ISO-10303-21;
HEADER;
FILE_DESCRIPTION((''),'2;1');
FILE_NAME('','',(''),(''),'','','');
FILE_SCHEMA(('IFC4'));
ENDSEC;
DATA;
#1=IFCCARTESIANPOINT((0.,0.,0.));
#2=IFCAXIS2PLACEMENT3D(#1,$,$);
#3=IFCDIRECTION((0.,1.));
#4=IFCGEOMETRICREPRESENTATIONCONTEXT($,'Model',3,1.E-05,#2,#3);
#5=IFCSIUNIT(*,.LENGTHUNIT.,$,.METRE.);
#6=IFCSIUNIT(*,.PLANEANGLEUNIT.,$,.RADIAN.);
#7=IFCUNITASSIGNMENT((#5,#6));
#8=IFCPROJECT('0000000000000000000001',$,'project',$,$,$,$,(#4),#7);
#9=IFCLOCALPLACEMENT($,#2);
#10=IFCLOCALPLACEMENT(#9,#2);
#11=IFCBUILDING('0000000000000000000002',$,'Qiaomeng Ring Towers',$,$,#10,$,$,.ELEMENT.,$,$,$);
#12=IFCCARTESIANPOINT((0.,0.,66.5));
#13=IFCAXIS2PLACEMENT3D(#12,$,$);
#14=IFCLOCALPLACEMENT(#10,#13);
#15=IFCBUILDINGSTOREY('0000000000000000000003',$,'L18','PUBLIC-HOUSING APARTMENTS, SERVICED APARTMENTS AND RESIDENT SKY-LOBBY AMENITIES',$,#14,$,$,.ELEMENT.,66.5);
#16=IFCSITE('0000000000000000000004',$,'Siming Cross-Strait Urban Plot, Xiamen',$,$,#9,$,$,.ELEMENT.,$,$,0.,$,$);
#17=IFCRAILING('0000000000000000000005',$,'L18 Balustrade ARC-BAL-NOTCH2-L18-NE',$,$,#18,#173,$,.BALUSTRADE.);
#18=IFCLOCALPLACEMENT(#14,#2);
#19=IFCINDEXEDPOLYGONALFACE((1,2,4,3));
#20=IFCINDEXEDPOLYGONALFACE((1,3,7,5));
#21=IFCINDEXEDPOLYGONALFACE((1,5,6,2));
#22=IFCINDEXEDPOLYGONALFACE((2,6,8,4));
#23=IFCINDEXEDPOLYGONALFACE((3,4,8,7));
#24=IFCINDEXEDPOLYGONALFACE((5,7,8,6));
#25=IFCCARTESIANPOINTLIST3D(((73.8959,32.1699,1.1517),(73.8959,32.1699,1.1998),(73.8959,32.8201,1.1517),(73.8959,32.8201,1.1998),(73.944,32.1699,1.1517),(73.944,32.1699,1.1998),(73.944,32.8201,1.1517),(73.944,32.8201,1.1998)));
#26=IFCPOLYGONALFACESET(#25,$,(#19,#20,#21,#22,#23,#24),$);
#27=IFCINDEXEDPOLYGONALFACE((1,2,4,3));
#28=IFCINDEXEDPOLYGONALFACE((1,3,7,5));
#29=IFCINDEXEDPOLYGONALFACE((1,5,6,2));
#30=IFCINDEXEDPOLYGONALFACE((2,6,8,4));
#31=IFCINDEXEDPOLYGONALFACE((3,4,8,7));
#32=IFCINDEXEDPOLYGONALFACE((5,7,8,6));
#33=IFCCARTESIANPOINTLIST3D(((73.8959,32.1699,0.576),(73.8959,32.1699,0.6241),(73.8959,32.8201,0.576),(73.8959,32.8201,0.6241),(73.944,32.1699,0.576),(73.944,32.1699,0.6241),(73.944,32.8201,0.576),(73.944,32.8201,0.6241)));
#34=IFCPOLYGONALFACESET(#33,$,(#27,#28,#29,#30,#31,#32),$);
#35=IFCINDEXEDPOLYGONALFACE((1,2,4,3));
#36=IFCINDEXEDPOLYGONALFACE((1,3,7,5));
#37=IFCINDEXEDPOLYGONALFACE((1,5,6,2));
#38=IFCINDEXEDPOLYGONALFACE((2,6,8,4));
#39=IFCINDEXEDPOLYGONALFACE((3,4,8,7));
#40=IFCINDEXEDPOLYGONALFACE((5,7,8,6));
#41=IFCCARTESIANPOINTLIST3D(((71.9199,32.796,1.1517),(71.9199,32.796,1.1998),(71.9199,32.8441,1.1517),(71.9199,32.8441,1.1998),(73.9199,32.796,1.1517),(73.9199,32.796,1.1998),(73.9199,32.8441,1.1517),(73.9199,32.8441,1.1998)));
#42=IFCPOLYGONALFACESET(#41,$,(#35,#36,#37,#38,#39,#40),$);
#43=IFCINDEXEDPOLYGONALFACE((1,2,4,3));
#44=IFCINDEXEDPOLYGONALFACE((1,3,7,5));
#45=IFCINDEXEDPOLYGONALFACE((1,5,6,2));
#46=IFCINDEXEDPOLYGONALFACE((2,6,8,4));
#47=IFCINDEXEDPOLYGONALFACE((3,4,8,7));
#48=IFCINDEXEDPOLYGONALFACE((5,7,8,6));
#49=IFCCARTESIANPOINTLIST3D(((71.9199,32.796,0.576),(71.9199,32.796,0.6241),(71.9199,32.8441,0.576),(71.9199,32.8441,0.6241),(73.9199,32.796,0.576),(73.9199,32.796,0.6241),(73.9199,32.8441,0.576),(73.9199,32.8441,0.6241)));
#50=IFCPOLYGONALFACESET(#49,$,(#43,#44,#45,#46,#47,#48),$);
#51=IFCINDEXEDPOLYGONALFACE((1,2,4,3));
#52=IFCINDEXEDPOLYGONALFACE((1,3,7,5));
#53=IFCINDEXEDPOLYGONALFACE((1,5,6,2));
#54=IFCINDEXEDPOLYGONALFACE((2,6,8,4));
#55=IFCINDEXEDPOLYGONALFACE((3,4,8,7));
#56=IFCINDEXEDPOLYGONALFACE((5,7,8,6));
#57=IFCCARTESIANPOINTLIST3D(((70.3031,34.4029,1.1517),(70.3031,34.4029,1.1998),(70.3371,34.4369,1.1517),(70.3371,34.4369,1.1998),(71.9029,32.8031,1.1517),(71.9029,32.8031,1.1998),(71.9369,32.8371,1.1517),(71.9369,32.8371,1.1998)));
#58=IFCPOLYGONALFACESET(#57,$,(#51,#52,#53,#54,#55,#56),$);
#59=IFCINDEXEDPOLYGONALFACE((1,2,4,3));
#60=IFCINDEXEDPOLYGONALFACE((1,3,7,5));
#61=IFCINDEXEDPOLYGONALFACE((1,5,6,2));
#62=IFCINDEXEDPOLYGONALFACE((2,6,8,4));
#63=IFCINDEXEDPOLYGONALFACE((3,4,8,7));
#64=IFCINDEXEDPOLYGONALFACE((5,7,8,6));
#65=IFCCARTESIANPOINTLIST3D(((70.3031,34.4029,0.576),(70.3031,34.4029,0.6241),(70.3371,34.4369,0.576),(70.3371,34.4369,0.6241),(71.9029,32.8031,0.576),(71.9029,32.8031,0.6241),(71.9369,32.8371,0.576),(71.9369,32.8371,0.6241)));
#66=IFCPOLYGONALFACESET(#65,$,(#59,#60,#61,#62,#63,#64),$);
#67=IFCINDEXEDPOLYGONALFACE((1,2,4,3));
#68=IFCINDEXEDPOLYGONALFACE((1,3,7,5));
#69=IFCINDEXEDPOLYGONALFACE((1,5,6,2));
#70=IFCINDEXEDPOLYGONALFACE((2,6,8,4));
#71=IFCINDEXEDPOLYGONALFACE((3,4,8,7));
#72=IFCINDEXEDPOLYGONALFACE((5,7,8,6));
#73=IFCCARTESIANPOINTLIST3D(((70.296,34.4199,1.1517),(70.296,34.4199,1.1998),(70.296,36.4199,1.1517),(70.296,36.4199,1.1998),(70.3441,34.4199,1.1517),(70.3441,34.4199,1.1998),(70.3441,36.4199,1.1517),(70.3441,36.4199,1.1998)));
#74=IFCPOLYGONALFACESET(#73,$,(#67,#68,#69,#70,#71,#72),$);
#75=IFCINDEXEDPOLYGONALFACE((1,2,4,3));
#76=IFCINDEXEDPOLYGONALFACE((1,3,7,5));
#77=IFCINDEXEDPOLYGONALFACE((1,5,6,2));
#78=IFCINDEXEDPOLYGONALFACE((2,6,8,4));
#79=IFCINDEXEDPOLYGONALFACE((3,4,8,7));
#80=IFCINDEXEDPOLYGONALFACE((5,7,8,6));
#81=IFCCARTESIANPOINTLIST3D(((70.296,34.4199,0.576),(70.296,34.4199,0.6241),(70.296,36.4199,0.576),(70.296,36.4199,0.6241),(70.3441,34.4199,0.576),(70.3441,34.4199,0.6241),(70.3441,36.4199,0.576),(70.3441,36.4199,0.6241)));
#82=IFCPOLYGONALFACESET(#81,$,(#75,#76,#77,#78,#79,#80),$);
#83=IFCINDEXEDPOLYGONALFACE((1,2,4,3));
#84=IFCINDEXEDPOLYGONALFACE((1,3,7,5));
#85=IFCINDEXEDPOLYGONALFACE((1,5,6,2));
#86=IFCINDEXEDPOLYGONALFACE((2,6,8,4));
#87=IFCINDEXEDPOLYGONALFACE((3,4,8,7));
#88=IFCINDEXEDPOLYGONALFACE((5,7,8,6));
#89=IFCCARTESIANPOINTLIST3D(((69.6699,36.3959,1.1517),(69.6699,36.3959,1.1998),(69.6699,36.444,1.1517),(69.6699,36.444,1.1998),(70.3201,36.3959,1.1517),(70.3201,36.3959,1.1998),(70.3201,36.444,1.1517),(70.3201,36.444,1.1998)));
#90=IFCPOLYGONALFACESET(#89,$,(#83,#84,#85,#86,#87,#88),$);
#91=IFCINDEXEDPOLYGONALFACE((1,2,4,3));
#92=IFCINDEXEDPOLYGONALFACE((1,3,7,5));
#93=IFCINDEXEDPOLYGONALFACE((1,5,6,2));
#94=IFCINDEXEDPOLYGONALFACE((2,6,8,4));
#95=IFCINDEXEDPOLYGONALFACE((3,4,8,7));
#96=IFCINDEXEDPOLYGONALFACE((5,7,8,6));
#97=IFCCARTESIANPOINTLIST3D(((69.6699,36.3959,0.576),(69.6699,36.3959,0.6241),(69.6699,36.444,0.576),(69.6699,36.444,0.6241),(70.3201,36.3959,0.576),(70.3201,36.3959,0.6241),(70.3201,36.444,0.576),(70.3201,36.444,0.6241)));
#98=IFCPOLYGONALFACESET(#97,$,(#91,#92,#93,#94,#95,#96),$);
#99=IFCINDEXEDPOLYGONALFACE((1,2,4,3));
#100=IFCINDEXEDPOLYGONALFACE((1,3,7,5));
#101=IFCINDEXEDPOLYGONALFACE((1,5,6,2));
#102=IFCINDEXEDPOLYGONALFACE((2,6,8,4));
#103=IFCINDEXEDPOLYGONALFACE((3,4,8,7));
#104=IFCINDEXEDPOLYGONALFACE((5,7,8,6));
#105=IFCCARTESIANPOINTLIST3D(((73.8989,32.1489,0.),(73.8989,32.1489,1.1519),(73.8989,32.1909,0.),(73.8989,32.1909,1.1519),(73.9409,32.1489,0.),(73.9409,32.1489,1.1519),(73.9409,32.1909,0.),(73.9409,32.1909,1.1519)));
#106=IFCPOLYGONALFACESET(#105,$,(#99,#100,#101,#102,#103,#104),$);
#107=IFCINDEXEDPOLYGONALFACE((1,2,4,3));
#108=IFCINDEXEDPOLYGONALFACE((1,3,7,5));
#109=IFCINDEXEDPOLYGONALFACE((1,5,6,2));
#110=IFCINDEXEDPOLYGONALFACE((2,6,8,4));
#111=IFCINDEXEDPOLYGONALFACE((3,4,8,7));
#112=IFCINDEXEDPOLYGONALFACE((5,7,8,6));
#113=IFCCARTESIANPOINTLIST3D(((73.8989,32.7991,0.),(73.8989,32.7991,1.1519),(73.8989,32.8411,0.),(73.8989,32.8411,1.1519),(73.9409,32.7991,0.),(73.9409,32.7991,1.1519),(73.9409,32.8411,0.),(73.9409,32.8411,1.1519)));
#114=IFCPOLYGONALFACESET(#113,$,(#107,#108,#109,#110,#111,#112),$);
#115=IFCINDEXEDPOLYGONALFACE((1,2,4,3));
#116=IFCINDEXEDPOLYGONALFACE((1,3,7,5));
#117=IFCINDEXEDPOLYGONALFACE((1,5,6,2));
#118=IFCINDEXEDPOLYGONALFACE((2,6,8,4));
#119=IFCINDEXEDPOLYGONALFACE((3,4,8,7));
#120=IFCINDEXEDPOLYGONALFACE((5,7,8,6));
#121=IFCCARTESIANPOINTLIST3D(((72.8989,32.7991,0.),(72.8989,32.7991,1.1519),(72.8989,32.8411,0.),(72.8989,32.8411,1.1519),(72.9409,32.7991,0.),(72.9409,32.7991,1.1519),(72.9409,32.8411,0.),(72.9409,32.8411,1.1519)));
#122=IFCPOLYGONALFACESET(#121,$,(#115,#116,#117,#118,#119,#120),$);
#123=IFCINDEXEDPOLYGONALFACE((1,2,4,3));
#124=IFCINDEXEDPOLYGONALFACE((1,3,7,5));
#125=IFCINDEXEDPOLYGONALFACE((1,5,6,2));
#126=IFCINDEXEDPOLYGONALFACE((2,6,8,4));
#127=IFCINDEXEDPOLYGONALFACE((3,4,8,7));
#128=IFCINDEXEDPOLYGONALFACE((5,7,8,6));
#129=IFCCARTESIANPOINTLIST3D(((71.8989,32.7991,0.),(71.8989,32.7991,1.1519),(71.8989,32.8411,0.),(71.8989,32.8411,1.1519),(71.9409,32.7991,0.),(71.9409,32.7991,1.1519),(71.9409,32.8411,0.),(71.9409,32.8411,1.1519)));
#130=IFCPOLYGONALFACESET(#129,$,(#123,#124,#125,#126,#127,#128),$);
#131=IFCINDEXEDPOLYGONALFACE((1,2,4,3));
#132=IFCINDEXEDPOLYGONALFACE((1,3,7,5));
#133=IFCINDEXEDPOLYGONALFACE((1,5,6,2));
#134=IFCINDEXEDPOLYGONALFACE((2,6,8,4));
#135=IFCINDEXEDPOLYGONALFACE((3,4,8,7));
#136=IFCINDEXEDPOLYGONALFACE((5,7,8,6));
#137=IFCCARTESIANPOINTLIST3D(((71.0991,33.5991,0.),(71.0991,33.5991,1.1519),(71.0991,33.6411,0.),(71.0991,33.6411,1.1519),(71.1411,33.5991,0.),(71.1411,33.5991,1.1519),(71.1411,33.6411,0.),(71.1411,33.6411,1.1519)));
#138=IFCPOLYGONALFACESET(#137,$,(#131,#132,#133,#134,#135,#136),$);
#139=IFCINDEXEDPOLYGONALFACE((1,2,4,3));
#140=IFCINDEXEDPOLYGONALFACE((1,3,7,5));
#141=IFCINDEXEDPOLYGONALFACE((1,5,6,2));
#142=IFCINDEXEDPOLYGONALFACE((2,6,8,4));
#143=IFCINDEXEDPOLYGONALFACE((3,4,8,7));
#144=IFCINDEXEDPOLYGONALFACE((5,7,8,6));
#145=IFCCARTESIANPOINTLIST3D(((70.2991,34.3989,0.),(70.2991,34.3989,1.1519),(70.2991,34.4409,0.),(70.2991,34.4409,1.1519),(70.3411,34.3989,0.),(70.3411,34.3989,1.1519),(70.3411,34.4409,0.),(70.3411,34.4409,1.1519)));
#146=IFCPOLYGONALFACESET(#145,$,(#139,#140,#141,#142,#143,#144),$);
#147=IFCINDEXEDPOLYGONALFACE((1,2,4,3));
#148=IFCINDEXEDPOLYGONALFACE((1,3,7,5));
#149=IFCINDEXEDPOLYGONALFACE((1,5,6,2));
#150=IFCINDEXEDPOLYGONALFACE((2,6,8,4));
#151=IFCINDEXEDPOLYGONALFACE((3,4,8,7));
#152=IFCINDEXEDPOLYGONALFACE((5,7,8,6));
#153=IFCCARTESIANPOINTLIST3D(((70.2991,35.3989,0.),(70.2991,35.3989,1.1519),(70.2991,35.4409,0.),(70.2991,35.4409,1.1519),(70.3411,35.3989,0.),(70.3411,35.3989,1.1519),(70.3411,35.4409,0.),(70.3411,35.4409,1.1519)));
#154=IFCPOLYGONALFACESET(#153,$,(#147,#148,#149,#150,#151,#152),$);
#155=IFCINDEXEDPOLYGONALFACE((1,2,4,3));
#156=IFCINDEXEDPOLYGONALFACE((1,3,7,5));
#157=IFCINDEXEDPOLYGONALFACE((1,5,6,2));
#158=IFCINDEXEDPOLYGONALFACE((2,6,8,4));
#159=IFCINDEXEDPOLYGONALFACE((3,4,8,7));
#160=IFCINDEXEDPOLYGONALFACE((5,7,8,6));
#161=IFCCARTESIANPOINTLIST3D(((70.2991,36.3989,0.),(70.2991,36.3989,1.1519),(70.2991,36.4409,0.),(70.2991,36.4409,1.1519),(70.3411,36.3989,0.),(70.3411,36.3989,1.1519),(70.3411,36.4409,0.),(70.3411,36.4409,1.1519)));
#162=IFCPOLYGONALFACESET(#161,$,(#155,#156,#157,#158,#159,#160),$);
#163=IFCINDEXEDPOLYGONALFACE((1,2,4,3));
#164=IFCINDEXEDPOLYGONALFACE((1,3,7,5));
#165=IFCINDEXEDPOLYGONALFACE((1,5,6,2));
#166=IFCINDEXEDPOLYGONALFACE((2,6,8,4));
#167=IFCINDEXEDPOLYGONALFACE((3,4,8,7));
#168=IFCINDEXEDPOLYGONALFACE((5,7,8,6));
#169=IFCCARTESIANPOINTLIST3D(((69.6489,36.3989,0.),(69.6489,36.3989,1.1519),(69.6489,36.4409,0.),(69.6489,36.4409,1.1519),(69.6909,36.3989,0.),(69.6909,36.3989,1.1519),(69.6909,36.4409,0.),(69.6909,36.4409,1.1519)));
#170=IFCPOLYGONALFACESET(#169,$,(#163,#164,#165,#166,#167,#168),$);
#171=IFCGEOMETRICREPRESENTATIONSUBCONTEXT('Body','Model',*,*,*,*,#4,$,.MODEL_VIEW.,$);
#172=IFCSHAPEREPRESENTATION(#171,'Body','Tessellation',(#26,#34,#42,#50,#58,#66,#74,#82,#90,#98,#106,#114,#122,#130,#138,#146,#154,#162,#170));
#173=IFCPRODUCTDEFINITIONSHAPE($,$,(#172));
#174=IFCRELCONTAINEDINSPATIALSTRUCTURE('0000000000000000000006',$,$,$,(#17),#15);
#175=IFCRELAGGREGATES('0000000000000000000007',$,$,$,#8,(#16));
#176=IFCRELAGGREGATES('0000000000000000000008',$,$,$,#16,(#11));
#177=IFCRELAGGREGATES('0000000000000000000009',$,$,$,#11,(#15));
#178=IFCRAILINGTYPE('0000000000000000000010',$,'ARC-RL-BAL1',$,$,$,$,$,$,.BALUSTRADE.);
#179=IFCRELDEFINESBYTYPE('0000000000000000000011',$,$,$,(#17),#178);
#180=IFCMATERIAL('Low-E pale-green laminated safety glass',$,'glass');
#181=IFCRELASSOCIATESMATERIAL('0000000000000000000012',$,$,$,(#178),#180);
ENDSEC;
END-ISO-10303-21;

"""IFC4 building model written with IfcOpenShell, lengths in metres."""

from ifc_helpers import new_model, si_unit, direction, frame, origin, origin_2d, place, context, subcontext, project, spatial, rectangle, extrude, material, type_object, element, save


model = new_model("IFC4")

# Units and contexts
model_context = context("Model", 3, precision=1e-05, world=origin(), true_north=direction((0.0, 1.0)))
body_context = subcontext(model_context, "Body", "Model", "MODEL_VIEW")
ifc_project = project(units=[si_unit("LENGTHUNIT", "METRE"), si_unit("PLANEANGLEUNIT", "RADIAN")], contexts=[model_context])

# Site, building, storey
site_placement = place(None, origin())
site = spatial("IfcSite", under=ifc_project, at=site_placement, Name="Siming Cross-Strait Urban Plot, Xiamen", CompositionType="ELEMENT", RefElevation=0.0)
building_placement = place(site_placement, origin())
building = spatial("IfcBuilding", under=site, at=building_placement, Name="Qiaomeng Ring Towers", CompositionType="ELEMENT")
storey_placement = place(building_placement, frame((0.0, 0.0, 66.5)))
storey = spatial("IfcBuildingStorey", under=building, at=storey_placement, Name="L18", Description="PUBLIC-HOUSING APARTMENTS, SERVICED APARTMENTS AND RESIDENT SKY-LOBBY AMENITIES", CompositionType="ELEMENT", Elevation=66.5)

# Railing
ifc_material_1 = material(Name="Low-E pale-green laminated safety glass", Category="glass")
railing_type = type_object("IfcRailingType", Name="ARC-RL-BAL1", PredefinedType="BALUSTRADE", material=ifc_material_1)
railing_1_placement = place(storey_placement, frame((73.9199, 32.1699, 0.0)))
element("IfcRailing", 1, at=railing_1_placement, inside=storey, type_object=railing_type, Name="L18 Balustrade ARC-BAL-NOTCH2-L18-NE", PredefinedType="BALUSTRADE", context=body_context, shape_type="SweptSolid", body=[
    extrude(rectangle(XDim=0.0481, YDim=0.0481, at=origin_2d()), frame((0.0, 0.0, 1.1758), z_axis=(0.0, 1.0, 0.0), x_axis=(-1.0, 0.0, 0.0)), (0.0, 0.0, 1.0), 0.6501),
    extrude(rectangle(XDim=0.0481, YDim=0.0481, at=origin_2d()), frame((0.0, 0.0, 0.6001), z_axis=(0.0, 1.0, 0.0), x_axis=(-1.0, 0.0, 0.0)), (0.0, 0.0, 1.0), 0.6501),
    extrude(rectangle(XDim=0.0481, YDim=0.0481, at=origin_2d()), frame((0.0, 0.6501, 1.1758), z_axis=(-1.0, 0.0, 0.0), x_axis=(0.0, -1.0, 0.0)), (0.0, 0.0, 1.0), 2.0),
    extrude(rectangle(XDim=0.0481, YDim=0.0481, at=origin_2d()), frame((0.0, 0.6501, 0.6001), z_axis=(-1.0, 0.0, 0.0), x_axis=(0.0, -1.0, 0.0)), (0.0, 0.0, 1.0), 2.0),
    extrude(rectangle(XDim=0.0481, YDim=0.0481, at=origin_2d()), frame((-2.0, 0.6501, 1.1758), z_axis=(-0.707107, 0.707107, 0.0), x_axis=(-0.707107, -0.707107, 0.0)), (0.0, 0.0, 1.0), 2.2625),
    extrude(rectangle(XDim=0.0481, YDim=0.0481, at=origin_2d()), frame((-2.0, 0.6501, 0.6001), z_axis=(-0.707107, 0.707107, 0.0), x_axis=(-0.707107, -0.707107, 0.0)), (0.0, 0.0, 1.0), 2.2625),
    extrude(rectangle(XDim=0.0481, YDim=0.0481, at=origin_2d()), frame((-3.5999, 2.25, 1.1758), z_axis=(0.0, 1.0, 0.0), x_axis=(-1.0, 0.0, 0.0)), (0.0, 0.0, 1.0), 2.0),
    extrude(rectangle(XDim=0.0481, YDim=0.0481, at=origin_2d()), frame((-3.5999, 2.25, 0.6001), z_axis=(0.0, 1.0, 0.0), x_axis=(-1.0, 0.0, 0.0)), (0.0, 0.0, 1.0), 2.0),
    extrude(rectangle(XDim=0.0481, YDim=0.0481, at=origin_2d()), frame((-3.5999, 4.25, 1.1758), z_axis=(-1.0, 0.0, 0.0), x_axis=(0.0, -1.0, 0.0)), (0.0, 0.0, 1.0), 0.6501),
    extrude(rectangle(XDim=0.0481, YDim=0.0481, at=origin_2d()), frame((-3.5999, 4.25, 0.6001), z_axis=(-1.0, 0.0, 0.0), x_axis=(0.0, -1.0, 0.0)), (0.0, 0.0, 1.0), 0.6501),
    extrude(rectangle(XDim=0.042, YDim=0.042, at=origin_2d()), origin(), (0.0, 0.0, 1.0), 1.1519),
    extrude(rectangle(XDim=0.042, YDim=0.042, at=origin_2d()), frame((0.0, 0.6501, 0.0)), (0.0, 0.0, 1.0), 1.1519),
    extrude(rectangle(XDim=0.042, YDim=0.042, at=origin_2d()), frame((-1.0, 0.6501, 0.0)), (0.0, 0.0, 1.0), 1.1519),
    extrude(rectangle(XDim=0.042, YDim=0.042, at=origin_2d()), frame((-2.0, 0.6501, 0.0)), (0.0, 0.0, 1.0), 1.1519),
    extrude(rectangle(XDim=0.042, YDim=0.042, at=origin_2d()), frame((-2.7998, 1.4502, 0.0)), (0.0, 0.0, 1.0), 1.1519),
    extrude(rectangle(XDim=0.042, YDim=0.042, at=origin_2d()), frame((-3.5999, 2.25, 0.0)), (0.0, 0.0, 1.0), 1.1519),
    extrude(rectangle(XDim=0.042, YDim=0.042, at=origin_2d()), frame((-3.5999, 3.25, 0.0)), (0.0, 0.0, 1.0), 1.1519),
    extrude(rectangle(XDim=0.042, YDim=0.042, at=origin_2d()), frame((-3.5999, 4.25, 0.0)), (0.0, 0.0, 1.0), 1.1519),
    extrude(rectangle(XDim=0.042, YDim=0.042, at=origin_2d()), frame((-4.25, 4.25, 0.0)), (0.0, 0.0, 1.0), 1.1519),
])

save(model, "model.ifc")
